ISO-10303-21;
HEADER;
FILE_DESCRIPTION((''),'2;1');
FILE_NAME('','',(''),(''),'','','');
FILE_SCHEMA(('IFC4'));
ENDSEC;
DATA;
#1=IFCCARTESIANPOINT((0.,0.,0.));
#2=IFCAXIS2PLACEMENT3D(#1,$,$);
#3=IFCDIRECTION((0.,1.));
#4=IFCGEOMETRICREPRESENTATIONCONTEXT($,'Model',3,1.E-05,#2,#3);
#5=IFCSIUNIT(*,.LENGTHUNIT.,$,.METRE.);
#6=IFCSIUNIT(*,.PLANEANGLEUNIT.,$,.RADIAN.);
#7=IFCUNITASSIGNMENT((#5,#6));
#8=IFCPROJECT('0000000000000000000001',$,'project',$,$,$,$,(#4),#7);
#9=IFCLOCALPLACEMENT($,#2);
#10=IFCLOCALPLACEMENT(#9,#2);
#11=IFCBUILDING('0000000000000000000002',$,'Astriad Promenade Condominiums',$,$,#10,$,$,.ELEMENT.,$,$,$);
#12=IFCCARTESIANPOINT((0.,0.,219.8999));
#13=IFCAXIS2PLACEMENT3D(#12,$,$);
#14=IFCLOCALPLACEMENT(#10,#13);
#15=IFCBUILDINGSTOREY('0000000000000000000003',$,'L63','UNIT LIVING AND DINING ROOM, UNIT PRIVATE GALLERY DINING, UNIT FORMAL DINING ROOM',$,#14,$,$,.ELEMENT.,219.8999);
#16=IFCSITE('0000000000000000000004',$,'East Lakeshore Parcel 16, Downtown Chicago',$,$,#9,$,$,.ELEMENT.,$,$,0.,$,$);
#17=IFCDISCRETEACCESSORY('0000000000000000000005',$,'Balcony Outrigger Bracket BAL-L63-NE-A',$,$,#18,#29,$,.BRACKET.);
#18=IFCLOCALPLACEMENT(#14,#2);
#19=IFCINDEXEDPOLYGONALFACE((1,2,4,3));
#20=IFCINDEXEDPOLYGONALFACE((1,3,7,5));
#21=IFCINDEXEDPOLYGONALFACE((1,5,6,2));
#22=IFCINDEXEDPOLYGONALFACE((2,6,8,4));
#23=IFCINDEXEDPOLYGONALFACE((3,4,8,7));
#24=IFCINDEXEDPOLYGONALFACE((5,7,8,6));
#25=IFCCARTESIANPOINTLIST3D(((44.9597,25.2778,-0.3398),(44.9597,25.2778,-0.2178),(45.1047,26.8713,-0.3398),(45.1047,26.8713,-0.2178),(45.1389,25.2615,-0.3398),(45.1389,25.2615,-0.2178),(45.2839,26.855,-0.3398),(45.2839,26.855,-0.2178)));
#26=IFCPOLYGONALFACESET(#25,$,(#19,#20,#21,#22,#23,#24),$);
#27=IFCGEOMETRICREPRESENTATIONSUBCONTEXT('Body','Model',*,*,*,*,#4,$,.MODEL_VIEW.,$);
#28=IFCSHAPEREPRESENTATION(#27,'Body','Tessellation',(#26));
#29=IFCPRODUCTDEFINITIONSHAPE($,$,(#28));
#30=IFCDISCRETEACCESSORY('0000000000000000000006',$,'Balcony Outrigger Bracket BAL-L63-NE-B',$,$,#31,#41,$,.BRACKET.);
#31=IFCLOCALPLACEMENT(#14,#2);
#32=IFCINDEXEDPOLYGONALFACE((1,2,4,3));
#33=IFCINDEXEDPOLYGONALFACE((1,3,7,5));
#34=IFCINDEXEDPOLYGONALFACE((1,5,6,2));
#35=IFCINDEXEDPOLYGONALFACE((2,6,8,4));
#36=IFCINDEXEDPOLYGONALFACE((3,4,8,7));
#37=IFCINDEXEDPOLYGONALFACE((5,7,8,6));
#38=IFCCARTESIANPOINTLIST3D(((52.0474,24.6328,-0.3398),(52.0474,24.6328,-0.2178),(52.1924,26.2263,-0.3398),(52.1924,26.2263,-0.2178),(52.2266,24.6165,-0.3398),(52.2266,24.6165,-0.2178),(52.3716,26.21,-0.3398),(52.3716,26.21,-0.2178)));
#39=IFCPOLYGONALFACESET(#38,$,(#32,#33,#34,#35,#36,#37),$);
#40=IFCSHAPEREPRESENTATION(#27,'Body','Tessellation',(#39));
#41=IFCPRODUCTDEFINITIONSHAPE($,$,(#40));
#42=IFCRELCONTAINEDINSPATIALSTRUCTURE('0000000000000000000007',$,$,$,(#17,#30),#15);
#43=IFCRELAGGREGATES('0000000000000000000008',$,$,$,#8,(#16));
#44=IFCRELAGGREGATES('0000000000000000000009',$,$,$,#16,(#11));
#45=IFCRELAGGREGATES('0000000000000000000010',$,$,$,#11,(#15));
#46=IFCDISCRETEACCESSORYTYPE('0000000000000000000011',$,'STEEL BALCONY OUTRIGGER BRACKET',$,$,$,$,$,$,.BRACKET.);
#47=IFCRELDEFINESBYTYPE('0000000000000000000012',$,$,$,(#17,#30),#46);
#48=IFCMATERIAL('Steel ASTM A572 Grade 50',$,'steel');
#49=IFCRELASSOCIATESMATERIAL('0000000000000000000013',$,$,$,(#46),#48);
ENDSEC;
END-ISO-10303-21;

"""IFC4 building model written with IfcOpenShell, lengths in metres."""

from ifc_helpers import new_model, si_unit, direction, frame, origin, origin_2d, place, context, subcontext, project, spatial, rectangle, extrude, source, transform, mapped, material, type_object, type_shapes, element, save


model = new_model("IFC4")

# Units and contexts
model_context = context("Model", 3, precision=1e-05, world=origin(), true_north=direction((0.0, 1.0)))
body_context = subcontext(model_context, "Body", "Model", "MODEL_VIEW")
ifc_project = project(units=[si_unit("LENGTHUNIT", "METRE"), si_unit("PLANEANGLEUNIT", "RADIAN")], contexts=[model_context])

# Site, building, storey
site_placement = place(None, origin())
site = spatial("IfcSite", under=ifc_project, at=site_placement, Name="East Lakeshore Parcel 16, Downtown Chicago", CompositionType="ELEMENT", RefElevation=0.0)
building_placement = place(site_placement, origin())
building = spatial("IfcBuilding", under=site, at=building_placement, Name="Astriad Promenade Condominiums", CompositionType="ELEMENT")
storey_placement = place(building_placement, frame((0.0, 0.0, 219.8999)))
storey = spatial("IfcBuildingStorey", under=building, at=storey_placement, Name="L63", Description="UNIT LIVING AND DINING ROOM, UNIT PRIVATE GALLERY DINING, UNIT FORMAL DINING ROOM", CompositionType="ELEMENT", Elevation=219.8999)

# Discrete accessories
ifc_material_1 = material(Name="Steel ASTM A572 Grade 50", Category="steel")
discrete_accessory_type = type_object("IfcDiscreteAccessoryType", Name="STEEL BALCONY OUTRIGGER BRACKET", PredefinedType="BRACKET", material=ifc_material_1)
shared_shape_1 = source(origin(), body_context, "Body", "SweptSolid", [
    extrude(rectangle(XDim=1.6001, YDim=0.1799, at=origin_2d()), origin(), (0.0, 0.0, 1.0), 0.1221),
])
type_shapes(discrete_accessory_type, [shared_shape_1])
for number, where, z_axis, x_axis, name in (
    (1, (45.1218, 26.0664, -0.3398), (0.0, 0.0, 1.0), (0.090633, 0.995884, 0.0), "Balcony Outrigger Bracket BAL-L63-NE-A"),
    (2, (52.2095, 25.4214, -0.3398), (0.0, 0.0, 1.0), (0.090633, 0.995884, 0.0), "Balcony Outrigger Bracket BAL-L63-NE-B"),
):
    element("IfcDiscreteAccessory", number, at=place(storey_placement, frame(where, z_axis=z_axis, x_axis=x_axis)), inside=storey, type_object=discrete_accessory_type, Name=name, PredefinedType="BRACKET", context=body_context, shape_type="MappedRepresentation", body=[
        mapped(shared_shape_1, transform((0.0, 0.0, 0.0), scale=1.0)),
    ])

save(model, "model.ifc")
